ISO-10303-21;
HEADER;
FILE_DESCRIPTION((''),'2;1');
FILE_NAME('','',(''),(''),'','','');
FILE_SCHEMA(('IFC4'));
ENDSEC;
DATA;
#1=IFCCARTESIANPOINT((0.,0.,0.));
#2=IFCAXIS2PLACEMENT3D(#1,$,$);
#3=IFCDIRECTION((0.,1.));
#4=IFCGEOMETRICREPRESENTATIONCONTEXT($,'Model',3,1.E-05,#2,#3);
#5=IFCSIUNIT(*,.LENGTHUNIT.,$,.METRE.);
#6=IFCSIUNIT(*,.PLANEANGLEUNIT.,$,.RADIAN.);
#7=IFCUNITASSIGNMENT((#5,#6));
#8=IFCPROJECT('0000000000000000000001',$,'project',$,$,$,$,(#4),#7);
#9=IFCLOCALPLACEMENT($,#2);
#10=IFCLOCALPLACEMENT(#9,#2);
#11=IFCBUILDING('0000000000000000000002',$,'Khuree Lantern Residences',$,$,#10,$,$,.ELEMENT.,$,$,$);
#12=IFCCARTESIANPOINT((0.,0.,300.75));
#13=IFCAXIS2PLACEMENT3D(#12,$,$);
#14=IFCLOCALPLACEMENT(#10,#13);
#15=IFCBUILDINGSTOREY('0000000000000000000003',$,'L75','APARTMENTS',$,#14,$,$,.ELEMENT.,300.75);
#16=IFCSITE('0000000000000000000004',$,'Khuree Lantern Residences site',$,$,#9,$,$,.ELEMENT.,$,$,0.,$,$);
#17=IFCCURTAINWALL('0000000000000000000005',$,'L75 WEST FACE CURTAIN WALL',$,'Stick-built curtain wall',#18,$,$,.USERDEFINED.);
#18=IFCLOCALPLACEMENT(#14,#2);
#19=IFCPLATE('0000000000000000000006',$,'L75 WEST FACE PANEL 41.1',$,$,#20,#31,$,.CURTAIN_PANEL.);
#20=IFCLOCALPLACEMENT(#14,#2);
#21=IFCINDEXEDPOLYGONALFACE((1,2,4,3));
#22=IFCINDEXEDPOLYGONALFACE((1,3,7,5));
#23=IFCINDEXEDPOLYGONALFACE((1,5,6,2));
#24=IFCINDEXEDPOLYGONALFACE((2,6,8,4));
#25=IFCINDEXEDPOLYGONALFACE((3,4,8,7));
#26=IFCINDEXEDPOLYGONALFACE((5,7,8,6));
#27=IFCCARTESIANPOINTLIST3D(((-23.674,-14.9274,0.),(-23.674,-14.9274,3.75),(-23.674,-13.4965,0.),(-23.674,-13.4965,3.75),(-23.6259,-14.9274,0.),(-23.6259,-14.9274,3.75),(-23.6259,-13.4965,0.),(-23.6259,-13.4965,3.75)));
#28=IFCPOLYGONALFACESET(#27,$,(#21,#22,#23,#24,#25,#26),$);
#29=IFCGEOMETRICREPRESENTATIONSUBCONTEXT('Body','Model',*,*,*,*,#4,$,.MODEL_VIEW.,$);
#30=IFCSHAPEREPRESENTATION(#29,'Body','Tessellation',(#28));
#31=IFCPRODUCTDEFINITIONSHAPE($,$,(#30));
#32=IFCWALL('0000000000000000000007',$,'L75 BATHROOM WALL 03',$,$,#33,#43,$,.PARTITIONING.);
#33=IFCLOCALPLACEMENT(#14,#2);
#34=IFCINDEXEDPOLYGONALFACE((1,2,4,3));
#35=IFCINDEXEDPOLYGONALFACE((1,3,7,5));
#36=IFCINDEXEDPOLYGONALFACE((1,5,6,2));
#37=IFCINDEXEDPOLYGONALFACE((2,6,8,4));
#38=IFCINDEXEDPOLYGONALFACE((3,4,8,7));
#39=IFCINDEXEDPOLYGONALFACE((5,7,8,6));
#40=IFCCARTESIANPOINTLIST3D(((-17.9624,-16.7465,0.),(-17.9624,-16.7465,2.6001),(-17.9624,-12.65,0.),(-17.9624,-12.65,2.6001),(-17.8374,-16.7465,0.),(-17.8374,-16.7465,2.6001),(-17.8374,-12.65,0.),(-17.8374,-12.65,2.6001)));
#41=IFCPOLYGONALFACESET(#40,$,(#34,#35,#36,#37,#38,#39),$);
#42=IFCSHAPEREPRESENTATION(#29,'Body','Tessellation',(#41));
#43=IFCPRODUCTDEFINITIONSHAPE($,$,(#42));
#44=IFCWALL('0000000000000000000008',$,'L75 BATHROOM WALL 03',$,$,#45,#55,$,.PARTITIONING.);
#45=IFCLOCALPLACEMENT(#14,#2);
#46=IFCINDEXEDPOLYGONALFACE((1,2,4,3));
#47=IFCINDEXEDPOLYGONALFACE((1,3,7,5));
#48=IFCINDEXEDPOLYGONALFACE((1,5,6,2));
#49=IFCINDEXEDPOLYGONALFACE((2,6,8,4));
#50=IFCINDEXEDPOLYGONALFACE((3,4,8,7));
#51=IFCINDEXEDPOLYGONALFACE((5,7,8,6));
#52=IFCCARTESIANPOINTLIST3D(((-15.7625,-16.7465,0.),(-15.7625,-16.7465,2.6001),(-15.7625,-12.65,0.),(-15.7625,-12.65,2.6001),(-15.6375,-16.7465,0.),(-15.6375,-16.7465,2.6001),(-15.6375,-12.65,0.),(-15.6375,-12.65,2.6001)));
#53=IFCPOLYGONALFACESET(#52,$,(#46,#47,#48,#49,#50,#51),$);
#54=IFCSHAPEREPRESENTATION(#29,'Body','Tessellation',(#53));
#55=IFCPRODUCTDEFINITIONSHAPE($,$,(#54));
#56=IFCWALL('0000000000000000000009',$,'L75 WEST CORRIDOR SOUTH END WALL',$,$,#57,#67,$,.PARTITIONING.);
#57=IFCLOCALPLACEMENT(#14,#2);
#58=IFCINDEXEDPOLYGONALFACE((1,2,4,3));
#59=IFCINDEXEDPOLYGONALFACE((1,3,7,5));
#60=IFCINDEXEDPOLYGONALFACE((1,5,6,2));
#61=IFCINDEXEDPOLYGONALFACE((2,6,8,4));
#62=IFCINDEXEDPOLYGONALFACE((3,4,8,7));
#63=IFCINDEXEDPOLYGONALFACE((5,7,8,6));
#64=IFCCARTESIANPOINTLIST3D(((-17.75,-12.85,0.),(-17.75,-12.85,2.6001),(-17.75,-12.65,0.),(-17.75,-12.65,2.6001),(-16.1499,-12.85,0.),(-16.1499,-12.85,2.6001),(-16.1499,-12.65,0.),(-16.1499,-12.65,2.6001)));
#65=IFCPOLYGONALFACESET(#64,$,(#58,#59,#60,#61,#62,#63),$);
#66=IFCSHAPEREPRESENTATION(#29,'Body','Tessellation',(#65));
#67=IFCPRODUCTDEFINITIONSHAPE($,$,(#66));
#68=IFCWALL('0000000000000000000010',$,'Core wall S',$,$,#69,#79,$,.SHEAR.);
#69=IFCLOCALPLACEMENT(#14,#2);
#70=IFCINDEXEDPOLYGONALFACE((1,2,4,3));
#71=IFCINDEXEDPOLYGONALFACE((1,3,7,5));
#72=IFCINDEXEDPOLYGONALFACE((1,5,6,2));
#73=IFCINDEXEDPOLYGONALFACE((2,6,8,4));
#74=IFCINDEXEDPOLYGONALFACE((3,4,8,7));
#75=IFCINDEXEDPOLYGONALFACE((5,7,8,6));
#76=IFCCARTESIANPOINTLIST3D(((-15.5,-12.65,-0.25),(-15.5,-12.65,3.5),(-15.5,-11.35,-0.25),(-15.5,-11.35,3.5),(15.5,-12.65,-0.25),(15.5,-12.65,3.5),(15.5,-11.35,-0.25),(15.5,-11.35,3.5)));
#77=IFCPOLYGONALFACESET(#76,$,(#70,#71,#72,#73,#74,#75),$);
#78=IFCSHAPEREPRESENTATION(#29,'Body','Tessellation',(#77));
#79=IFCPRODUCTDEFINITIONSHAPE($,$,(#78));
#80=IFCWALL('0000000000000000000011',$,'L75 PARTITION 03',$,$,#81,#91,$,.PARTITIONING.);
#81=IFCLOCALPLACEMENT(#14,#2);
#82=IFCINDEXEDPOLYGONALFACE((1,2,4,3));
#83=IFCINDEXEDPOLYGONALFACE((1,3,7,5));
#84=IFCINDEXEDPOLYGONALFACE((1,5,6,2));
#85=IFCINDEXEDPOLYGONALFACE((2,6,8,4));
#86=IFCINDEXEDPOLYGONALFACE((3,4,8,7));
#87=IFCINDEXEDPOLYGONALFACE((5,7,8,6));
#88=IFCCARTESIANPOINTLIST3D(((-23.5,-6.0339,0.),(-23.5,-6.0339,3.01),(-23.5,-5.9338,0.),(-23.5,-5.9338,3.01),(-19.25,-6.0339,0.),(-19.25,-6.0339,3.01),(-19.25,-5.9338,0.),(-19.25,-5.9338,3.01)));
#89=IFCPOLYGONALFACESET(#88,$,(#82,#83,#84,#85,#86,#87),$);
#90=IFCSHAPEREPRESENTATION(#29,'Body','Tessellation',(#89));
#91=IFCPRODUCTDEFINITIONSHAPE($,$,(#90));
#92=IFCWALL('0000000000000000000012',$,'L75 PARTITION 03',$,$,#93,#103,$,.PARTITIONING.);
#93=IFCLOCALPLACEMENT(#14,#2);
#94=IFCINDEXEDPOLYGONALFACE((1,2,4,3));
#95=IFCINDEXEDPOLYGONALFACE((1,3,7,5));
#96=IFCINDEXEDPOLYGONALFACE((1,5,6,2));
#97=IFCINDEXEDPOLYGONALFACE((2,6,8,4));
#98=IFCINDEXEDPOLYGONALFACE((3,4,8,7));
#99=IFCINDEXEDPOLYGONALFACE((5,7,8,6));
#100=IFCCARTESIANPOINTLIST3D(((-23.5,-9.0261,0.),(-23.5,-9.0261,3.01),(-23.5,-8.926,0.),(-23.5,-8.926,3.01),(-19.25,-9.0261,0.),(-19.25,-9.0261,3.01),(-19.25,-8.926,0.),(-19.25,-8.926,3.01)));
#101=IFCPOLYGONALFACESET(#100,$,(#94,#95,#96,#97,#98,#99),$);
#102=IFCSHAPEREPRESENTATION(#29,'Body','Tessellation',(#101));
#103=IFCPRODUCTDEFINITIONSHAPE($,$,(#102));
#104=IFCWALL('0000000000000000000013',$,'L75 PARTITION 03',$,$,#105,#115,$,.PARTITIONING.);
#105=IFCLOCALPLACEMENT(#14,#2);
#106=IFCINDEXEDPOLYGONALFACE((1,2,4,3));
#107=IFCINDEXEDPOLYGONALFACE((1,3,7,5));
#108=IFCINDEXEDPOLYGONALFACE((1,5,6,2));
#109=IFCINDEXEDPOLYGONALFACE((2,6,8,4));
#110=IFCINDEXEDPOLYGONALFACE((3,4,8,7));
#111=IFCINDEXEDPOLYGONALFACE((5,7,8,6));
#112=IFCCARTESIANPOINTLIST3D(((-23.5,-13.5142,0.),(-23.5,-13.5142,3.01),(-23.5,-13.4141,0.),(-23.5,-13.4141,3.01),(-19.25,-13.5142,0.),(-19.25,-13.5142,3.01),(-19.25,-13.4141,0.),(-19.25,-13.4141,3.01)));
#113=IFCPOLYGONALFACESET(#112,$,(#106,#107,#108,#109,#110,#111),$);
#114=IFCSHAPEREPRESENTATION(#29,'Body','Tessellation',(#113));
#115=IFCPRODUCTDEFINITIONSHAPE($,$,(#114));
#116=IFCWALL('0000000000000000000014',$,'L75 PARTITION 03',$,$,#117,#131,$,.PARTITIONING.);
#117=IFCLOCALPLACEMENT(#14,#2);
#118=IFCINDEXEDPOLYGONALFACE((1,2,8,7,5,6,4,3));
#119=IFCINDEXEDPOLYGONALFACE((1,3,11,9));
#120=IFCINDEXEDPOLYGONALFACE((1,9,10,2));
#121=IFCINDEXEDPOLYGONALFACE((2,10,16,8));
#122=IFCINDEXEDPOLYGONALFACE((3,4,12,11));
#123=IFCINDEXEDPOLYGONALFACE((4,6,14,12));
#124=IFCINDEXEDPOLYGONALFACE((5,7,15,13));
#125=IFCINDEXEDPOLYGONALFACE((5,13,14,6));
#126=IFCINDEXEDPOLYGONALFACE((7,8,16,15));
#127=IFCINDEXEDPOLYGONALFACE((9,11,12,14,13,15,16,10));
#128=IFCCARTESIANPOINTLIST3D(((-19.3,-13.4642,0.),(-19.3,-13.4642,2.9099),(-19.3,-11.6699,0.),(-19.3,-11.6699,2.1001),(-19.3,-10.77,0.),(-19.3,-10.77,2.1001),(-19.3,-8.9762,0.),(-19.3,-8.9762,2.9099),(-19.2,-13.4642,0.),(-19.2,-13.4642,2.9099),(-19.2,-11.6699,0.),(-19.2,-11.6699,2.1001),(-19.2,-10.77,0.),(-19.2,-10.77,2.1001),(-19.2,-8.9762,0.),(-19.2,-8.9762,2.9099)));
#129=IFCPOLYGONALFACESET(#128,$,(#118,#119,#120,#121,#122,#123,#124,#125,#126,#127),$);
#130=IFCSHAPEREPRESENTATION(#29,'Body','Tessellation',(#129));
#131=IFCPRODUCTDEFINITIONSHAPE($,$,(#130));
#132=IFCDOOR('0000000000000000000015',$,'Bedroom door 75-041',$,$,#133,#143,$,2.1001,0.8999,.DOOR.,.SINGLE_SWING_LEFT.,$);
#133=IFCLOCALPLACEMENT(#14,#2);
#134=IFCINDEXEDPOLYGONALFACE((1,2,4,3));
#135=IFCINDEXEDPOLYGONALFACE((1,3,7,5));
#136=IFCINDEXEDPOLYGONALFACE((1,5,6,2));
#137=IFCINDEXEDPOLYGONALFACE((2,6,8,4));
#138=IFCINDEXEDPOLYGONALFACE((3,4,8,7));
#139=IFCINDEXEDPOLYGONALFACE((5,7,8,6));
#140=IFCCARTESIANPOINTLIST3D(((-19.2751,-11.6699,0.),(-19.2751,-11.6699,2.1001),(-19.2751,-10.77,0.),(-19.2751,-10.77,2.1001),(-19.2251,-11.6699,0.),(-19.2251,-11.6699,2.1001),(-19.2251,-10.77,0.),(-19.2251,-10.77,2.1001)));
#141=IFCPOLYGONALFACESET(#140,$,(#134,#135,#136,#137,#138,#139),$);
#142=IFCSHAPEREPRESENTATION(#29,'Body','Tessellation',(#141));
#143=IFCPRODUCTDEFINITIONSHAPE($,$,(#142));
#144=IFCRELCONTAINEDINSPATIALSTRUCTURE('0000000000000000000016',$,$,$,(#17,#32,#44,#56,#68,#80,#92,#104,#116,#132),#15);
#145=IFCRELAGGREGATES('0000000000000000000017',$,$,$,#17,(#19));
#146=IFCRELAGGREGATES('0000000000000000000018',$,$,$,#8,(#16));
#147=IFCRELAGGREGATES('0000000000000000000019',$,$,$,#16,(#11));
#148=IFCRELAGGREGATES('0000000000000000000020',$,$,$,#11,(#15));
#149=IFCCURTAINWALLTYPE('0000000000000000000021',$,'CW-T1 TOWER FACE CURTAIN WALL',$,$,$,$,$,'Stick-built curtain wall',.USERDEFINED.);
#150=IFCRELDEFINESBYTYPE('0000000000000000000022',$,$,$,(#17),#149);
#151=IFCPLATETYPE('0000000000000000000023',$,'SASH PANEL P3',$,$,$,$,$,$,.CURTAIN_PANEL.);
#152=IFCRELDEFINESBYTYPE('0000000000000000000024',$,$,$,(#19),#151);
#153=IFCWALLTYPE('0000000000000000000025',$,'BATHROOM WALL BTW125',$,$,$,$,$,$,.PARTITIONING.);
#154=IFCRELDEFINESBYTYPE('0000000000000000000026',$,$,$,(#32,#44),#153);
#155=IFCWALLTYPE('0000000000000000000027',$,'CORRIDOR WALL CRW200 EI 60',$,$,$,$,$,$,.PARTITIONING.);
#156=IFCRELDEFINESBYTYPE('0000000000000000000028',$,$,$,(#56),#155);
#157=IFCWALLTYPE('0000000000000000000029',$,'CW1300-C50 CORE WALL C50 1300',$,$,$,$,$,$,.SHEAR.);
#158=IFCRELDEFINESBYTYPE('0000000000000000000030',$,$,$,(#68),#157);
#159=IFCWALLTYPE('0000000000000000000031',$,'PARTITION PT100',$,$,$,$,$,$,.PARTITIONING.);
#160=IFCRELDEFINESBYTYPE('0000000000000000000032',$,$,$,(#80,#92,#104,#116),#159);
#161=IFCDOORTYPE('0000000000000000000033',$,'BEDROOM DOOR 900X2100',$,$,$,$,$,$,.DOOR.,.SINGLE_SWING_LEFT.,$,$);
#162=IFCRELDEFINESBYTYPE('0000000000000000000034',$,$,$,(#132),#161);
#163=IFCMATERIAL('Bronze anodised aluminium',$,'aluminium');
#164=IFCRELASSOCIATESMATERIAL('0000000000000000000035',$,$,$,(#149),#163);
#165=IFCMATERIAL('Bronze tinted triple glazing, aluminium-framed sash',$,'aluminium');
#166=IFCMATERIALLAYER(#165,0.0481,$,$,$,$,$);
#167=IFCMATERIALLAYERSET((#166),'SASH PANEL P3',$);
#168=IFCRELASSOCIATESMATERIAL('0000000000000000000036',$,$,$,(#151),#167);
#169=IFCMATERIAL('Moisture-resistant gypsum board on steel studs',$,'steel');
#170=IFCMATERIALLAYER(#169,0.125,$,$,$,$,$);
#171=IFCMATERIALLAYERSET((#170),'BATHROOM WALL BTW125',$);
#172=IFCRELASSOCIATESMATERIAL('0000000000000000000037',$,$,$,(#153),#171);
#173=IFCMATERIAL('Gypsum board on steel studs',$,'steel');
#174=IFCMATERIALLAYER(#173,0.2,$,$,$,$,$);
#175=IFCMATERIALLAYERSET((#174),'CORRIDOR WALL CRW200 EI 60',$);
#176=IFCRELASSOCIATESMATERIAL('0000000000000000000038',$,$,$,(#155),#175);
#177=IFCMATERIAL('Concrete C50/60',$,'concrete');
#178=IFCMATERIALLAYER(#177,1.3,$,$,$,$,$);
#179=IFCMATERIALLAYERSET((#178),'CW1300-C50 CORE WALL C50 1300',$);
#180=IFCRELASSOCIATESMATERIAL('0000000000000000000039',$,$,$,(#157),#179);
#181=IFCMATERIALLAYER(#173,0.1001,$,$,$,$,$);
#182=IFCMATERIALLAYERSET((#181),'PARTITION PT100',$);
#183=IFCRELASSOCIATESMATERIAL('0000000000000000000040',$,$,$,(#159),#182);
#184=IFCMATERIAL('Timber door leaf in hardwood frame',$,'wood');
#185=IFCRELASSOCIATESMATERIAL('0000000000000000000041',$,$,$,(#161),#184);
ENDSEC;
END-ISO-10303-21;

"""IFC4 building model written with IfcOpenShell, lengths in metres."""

from ifc_helpers import new_model, si_unit, direction, frame, frame_2d, origin, origin_2d, place, context, subcontext, project, spatial, rectangle, extrude, material, layer, layer_set, type_object, element, fill, aggregate, save


model = new_model("IFC4")

# Units and contexts
model_context = context("Model", 3, precision=1e-05, world=origin(), true_north=direction((0.0, 1.0)))
body_context = subcontext(model_context, "Body", "Model", "MODEL_VIEW")
ifc_project = project(units=[si_unit("LENGTHUNIT", "METRE"), si_unit("PLANEANGLEUNIT", "RADIAN")], contexts=[model_context])

# Site, building, storey
site_placement = place(None, origin())
site = spatial("IfcSite", under=ifc_project, at=site_placement, Name="Khuree Lantern Residences site", CompositionType="ELEMENT", RefElevation=0.0)
building_placement = place(site_placement, origin())
building = spatial("IfcBuilding", under=site, at=building_placement, Name="Khuree Lantern Residences", CompositionType="ELEMENT")
storey_placement = place(building_placement, frame((0.0, 0.0, 300.75)))
storey = spatial("IfcBuildingStorey", under=building, at=storey_placement, Name="L75", Description="APARTMENTS", CompositionType="ELEMENT", Elevation=300.75)

# Shared definitions
ifc_material_1 = material(Name="Concrete C50/60", Category="concrete")

# Curtain wall
ifc_material_2 = material(Name="Bronze anodised aluminium", Category="aluminium")
curtain_wall_type = type_object("IfcCurtainWallType", Name="CW-T1 TOWER FACE CURTAIN WALL", ElementType="Stick-built curtain wall", PredefinedType="USERDEFINED", material=ifc_material_2)
curtain_wall_placement = place(storey_placement, origin())
curtain_wall = element("IfcCurtainWall", 1, at=curtain_wall_placement, inside=storey, type_object=curtain_wall_type, Name="L75 WEST FACE CURTAIN WALL", ObjectType="Stick-built curtain wall", PredefinedType="USERDEFINED")

# Plate
ifc_material_3 = material(Name="Bronze tinted triple glazing, aluminium-framed sash", Category="aluminium")
ifc_layer_1 = layer(ifc_material_3, 0.0481)
ifc_layer_set_1 = layer_set([ifc_layer_1], Name="SASH PANEL P3")
plate_type_1 = type_object("IfcPlateType", Name="SASH PANEL P3", PredefinedType="CURTAIN_PANEL", material=ifc_layer_set_1)
plate_1_placement = place(storey_placement, frame((-23.6499, -14.2119, 0.0), z_axis=(0.0, 0.0, 1.0), x_axis=(0.0, -1.0, 0.0)))
plate_1 = element("IfcPlate", 2, at=plate_1_placement, type_object=plate_type_1, Name="L75 WEST FACE PANEL 41.1", PredefinedType="CURTAIN_PANEL", context=body_context, shape_type="SweptSolid", body=[
    extrude(rectangle(XDim=1.4309, YDim=0.0481, at=origin_2d()), origin(), (0.0, 0.0, 1.0), 3.75),
])
aggregate(curtain_wall, [plate_1])

# Walls
ifc_material_4 = material(Name="Moisture-resistant gypsum board on steel studs", Category="steel")
ifc_layer_2 = layer(ifc_material_4, 0.125)
ifc_layer_set_2 = layer_set([ifc_layer_2], Name="BATHROOM WALL BTW125")
wall_type_1 = type_object("IfcWallType", Name="BATHROOM WALL BTW125", PredefinedType="PARTITIONING", material=ifc_layer_set_2)
for number, where, z_axis, x_axis, name in (
    (3, (-17.8999, -12.6499, 0.0), (0.0, 0.0, 1.0), (0.0, -1.0, 0.0), "L75 BATHROOM WALL 03"),
    (4, (-15.7, -12.6499, 0.0), (0.0, 0.0, 1.0), (0.0, -1.0, 0.0), "L75 BATHROOM WALL 03"),
):
    element("IfcWall", number, at=place(storey_placement, frame(where, z_axis=z_axis, x_axis=x_axis)), inside=storey, type_object=wall_type_1, Name=name, PredefinedType="PARTITIONING", context=body_context, shape_type="SweptSolid", body=[
        extrude(rectangle(XDim=4.0964, YDim=0.125, at=frame_2d((2.0483, 0.0))), origin(), (0.0, 0.0, 1.0), 2.6001),
    ])
ifc_material_5 = material(Name="Gypsum board on steel studs", Category="steel")
ifc_layer_3 = layer(ifc_material_5, 0.2)
ifc_layer_set_3 = layer_set([ifc_layer_3], Name="CORRIDOR WALL CRW200 EI 60")
wall_type_2 = type_object("IfcWallType", Name="CORRIDOR WALL CRW200 EI 60", PredefinedType="PARTITIONING", material=ifc_layer_set_3)
wall_1_placement = place(storey_placement, frame((-16.1499, -12.75, 0.0), z_axis=(0.0, 0.0, 1.0), x_axis=(-1.0, 0.0, 0.0)))
element("IfcWall", 5, at=wall_1_placement, inside=storey, type_object=wall_type_2, Name="L75 WEST CORRIDOR SOUTH END WALL", PredefinedType="PARTITIONING", context=body_context, shape_type="SweptSolid", body=[
    extrude(rectangle(XDim=1.6001, YDim=0.2, at=frame_2d((0.8, 0.0))), origin(), (0.0, 0.0, 1.0), 2.6001),
])
ifc_layer_4 = layer(ifc_material_1, 1.3)
ifc_layer_set_4 = layer_set([ifc_layer_4], Name="CW1300-C50 CORE WALL C50 1300")
wall_type_3 = type_object("IfcWallType", Name="CW1300-C50 CORE WALL C50 1300", PredefinedType="SHEAR", material=ifc_layer_set_4)
wall_2_placement = place(storey_placement, frame((-15.5, -12.0, -0.25), z_axis=(0.0, 0.0, 1.0), x_axis=(1.0, 0.0, 0.0)))
element("IfcWall", 6, at=wall_2_placement, inside=storey, type_object=wall_type_3, Name="Core wall S", PredefinedType="SHEAR", context=body_context, shape_type="SweptSolid", body=[
    extrude(rectangle(XDim=31.0, YDim=1.3, at=frame_2d((15.5, 0.0))), origin(), (0.0, 0.0, 1.0), 3.75),
])
ifc_layer_5 = layer(ifc_material_5, 0.1001)
ifc_layer_set_5 = layer_set([ifc_layer_5], Name="PARTITION PT100")
wall_type_4 = type_object("IfcWallType", Name="PARTITION PT100", PredefinedType="PARTITIONING", material=ifc_layer_set_5)
for number, where, z_axis, x_axis, name in (
    (7, (-19.25, -5.9839, 0.0), (0.0, 0.0, 1.0), (-1.0, 0.0, 0.0), "L75 PARTITION 03"),
    (8, (-19.25, -8.9761, 0.0), (0.0, 0.0, 1.0), (-1.0, 0.0, 0.0), "L75 PARTITION 03"),
    (9, (-19.25, -13.4641, 0.0), (0.0, 0.0, 1.0), (-1.0, 0.0, 0.0), "L75 PARTITION 03"),
):
    element("IfcWall", number, at=place(storey_placement, frame(where, z_axis=z_axis, x_axis=x_axis)), inside=storey, type_object=wall_type_4, Name=name, PredefinedType="PARTITIONING", context=body_context, shape_type="SweptSolid", body=[
        extrude(rectangle(XDim=4.25, YDim=0.1001, at=frame_2d((2.125, 0.0))), origin(), (0.0, 0.0, 1.0), 3.01),
    ])

# Wall, opening, door
wall_3_placement = place(storey_placement, frame((-19.25, -8.9761, 0.0), z_axis=(0.0, 0.0, 1.0), x_axis=(0.0, -1.0, 0.0)))
wall_3 = element("IfcWall", 10, at=wall_3_placement, inside=storey, type_object=wall_type_4, Name="L75 PARTITION 03", PredefinedType="PARTITIONING", context=body_context, shape_type="SweptSolid", body=[
    extrude(rectangle(XDim=4.488, YDim=0.1001, at=frame_2d((2.2441, 0.0))), origin(), (0.0, 0.0, 1.0), 2.9099),
])
opening_placement = place(wall_3_placement, frame((1.7939, 0.0, 0.0)))
opening = element("IfcOpeningElement", 11, at=opening_placement, cuts=wall_3, PredefinedType="OPENING", context=body_context, shape_type="SweptSolid", body=[
    extrude(rectangle(XDim=0.8999, YDim=2.1001, at=frame_2d((0.45, 1.05))), frame((0.0, 0.0601, 0.0), z_axis=(0.0, -1.0, 0.0), x_axis=(1.0, 0.0, 0.0)), (0.0, 0.0, 1.0), 0.1201),
])
ifc_material_6 = material(Name="Timber door leaf in hardwood frame", Category="wood")
door_type = type_object("IfcDoorType", Name="BEDROOM DOOR 900X2100", OperationType="SINGLE_SWING_LEFT", PredefinedType="DOOR", material=ifc_material_6)
door_placement = place(opening_placement, origin())
door = element("IfcDoor", 12, at=door_placement, inside=storey, type_object=door_type, Name="Bedroom door 75-041", OperationType="SINGLE_SWING_LEFT", OverallHeight=2.1001, OverallWidth=0.8999, PredefinedType="DOOR", context=body_context, shape_type="SweptSolid", body=[
    extrude(rectangle(XDim=0.8999, YDim=2.1001, at=frame_2d((0.45, 1.05))), frame((0.0, 0.0249, 0.0), z_axis=(0.0, -1.0, 0.0), x_axis=(1.0, 0.0, 0.0)), (0.0, 0.0, 1.0), 0.05),
])
fill(opening, door)

save(model, "model.ifc")
